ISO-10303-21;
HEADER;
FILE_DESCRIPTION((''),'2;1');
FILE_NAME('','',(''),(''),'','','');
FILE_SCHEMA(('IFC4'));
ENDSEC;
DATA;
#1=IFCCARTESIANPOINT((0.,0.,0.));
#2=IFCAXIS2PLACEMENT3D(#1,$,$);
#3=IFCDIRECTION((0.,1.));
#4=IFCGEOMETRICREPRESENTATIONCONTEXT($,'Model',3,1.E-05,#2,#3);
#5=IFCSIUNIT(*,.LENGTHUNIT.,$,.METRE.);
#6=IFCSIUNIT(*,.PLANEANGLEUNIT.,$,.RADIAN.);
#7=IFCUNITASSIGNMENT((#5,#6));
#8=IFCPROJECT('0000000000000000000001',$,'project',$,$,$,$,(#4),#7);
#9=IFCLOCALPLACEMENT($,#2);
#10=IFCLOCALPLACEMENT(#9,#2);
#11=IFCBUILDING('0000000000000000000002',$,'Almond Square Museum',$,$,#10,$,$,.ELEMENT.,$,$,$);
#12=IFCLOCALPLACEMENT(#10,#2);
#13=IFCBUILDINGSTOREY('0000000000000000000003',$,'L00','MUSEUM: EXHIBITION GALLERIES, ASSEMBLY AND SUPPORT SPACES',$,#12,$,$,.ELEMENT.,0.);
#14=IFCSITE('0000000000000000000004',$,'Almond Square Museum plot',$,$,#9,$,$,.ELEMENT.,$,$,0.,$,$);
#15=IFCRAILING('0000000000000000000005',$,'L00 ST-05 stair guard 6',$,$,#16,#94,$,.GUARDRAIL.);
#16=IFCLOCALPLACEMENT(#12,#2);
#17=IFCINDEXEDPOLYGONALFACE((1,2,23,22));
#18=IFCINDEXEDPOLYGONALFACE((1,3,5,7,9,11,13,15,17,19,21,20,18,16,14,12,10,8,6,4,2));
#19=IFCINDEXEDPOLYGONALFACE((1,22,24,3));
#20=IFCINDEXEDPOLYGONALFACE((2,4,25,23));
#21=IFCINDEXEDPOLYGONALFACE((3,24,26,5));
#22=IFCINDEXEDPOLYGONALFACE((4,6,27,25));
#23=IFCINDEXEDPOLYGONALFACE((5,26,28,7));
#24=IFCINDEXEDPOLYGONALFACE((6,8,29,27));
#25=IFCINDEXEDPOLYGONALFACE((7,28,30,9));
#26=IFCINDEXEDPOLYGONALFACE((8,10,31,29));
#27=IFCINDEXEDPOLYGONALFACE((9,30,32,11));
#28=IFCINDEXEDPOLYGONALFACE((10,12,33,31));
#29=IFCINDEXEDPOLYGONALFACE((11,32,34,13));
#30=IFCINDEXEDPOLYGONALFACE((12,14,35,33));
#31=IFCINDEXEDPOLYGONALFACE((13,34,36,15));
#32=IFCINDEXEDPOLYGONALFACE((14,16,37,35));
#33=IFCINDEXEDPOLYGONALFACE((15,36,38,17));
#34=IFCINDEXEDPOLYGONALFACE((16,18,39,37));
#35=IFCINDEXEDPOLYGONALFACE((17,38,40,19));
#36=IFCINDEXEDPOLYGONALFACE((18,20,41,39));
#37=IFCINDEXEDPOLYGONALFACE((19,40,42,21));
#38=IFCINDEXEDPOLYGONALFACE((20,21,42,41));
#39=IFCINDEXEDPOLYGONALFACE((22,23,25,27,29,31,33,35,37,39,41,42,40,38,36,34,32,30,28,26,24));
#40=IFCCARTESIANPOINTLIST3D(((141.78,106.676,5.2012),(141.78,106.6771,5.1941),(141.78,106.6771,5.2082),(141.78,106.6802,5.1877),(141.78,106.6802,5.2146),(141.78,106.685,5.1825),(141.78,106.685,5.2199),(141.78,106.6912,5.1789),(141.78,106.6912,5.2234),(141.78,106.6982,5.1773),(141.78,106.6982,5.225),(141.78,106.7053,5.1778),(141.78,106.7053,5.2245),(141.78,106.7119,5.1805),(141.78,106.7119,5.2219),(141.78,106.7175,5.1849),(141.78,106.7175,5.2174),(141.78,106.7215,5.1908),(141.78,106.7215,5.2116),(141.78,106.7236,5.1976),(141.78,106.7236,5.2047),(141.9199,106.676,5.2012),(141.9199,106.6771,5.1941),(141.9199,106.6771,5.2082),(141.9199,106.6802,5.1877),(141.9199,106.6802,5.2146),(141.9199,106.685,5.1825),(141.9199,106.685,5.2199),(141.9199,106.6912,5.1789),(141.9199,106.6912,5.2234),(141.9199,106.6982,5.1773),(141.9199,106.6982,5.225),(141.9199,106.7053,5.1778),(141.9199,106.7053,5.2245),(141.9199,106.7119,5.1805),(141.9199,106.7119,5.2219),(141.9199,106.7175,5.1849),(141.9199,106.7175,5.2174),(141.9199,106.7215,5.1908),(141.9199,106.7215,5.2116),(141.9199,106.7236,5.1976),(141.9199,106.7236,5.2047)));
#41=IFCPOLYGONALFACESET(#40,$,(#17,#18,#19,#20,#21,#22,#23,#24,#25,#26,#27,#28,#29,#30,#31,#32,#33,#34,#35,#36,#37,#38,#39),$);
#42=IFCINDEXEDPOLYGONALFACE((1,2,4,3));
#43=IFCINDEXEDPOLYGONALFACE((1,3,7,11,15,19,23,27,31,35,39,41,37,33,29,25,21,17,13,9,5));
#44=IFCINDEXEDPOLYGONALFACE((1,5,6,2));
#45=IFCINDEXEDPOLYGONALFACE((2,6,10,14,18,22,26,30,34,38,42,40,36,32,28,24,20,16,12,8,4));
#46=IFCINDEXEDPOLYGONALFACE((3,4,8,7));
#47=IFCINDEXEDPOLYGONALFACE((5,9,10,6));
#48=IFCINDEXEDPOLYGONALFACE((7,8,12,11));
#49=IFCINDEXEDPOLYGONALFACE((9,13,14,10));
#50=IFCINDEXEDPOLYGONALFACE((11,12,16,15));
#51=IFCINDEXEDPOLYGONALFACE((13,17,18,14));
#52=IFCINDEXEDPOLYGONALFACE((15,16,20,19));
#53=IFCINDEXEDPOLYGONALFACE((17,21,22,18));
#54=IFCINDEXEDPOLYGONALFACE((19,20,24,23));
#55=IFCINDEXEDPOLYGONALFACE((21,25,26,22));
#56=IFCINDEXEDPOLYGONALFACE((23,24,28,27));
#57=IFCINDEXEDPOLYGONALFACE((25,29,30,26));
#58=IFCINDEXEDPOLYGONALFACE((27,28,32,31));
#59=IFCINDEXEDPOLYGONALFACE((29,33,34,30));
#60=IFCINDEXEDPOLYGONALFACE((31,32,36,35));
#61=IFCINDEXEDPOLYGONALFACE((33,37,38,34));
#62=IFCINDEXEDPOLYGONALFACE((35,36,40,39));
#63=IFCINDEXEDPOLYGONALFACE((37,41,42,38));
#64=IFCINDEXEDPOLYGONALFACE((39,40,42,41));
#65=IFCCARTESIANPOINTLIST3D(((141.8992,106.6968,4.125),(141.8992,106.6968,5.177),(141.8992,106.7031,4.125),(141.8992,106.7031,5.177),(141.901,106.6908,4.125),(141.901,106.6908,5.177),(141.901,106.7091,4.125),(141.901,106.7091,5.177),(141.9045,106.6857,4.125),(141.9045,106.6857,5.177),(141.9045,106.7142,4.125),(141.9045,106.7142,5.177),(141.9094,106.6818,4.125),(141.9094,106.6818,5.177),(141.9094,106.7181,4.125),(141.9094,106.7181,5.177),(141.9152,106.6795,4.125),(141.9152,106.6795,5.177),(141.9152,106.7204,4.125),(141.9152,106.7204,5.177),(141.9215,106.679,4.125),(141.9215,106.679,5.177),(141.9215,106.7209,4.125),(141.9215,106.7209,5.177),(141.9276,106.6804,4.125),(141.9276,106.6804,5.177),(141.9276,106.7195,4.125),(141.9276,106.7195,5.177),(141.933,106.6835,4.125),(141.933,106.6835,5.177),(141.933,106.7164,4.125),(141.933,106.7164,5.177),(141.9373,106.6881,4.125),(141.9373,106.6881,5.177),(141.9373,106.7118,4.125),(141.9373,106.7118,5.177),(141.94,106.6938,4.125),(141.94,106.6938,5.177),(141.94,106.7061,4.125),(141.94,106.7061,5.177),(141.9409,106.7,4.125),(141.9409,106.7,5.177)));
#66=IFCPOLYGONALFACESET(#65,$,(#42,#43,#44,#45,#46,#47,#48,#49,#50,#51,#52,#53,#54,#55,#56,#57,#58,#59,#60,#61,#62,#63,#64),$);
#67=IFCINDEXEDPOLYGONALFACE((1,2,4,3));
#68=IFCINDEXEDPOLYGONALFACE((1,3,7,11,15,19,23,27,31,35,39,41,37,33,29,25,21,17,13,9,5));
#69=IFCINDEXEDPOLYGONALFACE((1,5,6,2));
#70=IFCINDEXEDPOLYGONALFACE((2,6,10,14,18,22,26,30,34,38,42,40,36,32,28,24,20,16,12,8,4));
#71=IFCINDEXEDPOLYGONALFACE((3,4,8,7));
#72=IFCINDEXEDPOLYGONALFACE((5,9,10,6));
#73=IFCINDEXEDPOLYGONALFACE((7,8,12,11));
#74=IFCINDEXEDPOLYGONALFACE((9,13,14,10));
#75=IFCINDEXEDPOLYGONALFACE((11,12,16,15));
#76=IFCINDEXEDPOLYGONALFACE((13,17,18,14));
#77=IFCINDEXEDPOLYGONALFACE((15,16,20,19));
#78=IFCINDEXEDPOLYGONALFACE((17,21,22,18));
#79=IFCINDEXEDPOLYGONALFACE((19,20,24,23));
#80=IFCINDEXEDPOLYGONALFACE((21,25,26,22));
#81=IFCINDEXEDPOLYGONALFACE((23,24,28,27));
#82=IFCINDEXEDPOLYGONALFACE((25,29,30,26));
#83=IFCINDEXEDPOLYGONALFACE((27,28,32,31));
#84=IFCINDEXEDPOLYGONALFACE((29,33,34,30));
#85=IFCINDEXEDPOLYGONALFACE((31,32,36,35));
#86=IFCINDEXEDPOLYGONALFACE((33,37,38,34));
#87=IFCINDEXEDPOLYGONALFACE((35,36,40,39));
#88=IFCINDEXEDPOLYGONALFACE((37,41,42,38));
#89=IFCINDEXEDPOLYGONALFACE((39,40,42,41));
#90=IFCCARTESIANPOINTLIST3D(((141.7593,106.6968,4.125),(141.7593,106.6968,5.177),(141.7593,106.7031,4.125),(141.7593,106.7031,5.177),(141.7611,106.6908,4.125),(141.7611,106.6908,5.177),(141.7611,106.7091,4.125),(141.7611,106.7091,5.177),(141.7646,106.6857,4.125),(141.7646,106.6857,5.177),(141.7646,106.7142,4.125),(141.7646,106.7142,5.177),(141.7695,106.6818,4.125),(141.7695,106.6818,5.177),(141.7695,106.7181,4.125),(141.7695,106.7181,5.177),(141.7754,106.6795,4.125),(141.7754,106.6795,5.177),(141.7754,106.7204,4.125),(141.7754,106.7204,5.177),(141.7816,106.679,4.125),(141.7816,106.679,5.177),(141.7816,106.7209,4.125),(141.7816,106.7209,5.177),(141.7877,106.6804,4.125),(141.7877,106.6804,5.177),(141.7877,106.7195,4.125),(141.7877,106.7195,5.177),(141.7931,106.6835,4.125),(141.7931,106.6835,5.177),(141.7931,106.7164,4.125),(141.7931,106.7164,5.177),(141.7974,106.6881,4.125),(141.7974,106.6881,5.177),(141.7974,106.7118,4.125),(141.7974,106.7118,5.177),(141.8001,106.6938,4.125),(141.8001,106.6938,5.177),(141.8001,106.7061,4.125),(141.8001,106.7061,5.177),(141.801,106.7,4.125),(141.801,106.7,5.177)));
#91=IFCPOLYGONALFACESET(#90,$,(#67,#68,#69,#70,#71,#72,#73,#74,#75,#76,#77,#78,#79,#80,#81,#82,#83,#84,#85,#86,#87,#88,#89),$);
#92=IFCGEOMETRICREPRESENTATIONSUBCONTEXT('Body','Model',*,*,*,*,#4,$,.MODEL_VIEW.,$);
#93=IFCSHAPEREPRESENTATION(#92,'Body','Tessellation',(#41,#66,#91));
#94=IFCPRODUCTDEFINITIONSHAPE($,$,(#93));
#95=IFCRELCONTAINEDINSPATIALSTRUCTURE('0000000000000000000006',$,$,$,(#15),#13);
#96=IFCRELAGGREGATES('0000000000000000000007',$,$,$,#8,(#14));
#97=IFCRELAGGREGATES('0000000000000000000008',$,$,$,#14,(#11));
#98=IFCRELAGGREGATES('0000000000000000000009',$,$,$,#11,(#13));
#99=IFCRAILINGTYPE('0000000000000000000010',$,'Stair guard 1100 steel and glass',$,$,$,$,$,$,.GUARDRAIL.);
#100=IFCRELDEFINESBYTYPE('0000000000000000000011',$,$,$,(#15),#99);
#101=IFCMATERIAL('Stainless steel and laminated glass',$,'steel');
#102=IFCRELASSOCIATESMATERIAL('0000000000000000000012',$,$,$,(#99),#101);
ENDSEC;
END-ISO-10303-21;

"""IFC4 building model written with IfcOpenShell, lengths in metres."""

from ifc_helpers import new_model, si_unit, direction, frame, origin, origin_2d, place, context, subcontext, project, spatial, circle, extrude, material, type_object, element, save


model = new_model("IFC4")

# Units and contexts
model_context = context("Model", 3, precision=1e-05, world=origin(), true_north=direction((0.0, 1.0)))
body_context = subcontext(model_context, "Body", "Model", "MODEL_VIEW")
ifc_project = project(units=[si_unit("LENGTHUNIT", "METRE"), si_unit("PLANEANGLEUNIT", "RADIAN")], contexts=[model_context])

# Site, building, storey
site_placement = place(None, origin())
site = spatial("IfcSite", under=ifc_project, at=site_placement, Name="Almond Square Museum plot", CompositionType="ELEMENT", RefElevation=0.0)
building_placement = place(site_placement, origin())
building = spatial("IfcBuilding", under=site, at=building_placement, Name="Almond Square Museum", CompositionType="ELEMENT")
storey_placement = place(building_placement, origin())
storey = spatial("IfcBuildingStorey", under=building, at=storey_placement, Name="L00", Description="MUSEUM: EXHIBITION GALLERIES, ASSEMBLY AND SUPPORT SPACES", CompositionType="ELEMENT", Elevation=0.0)

# Railing
ifc_material_1 = material(Name="Stainless steel and laminated glass", Category="steel")
railing_type_1 = type_object("IfcRailingType", Name="Stair guard 1100 steel and glass", PredefinedType="GUARDRAIL", material=ifc_material_1)
railing_1_placement = place(storey_placement, frame((141.9199, 106.7, 4.125)))
element("IfcRailing", 1, at=railing_1_placement, inside=storey, type_object=railing_type_1, Name="L00 ST-05 stair guard 6", PredefinedType="GUARDRAIL", context=body_context, shape_type="SweptSolid", body=[
    extrude(circle(Radius=0.0239, at=origin_2d()), frame((0.0, 0.0, 1.0762), z_axis=(-1.0, 0.0, 0.0), x_axis=(0.0, -1.0, 0.0)), (0.0, 0.0, 1.0), 0.1399),
    extrude(circle(Radius=0.021, at=origin_2d()), origin(), (0.0, 0.0, 1.0), 1.052),
    extrude(circle(Radius=0.021, at=origin_2d()), frame((-0.1399, 0.0, 0.0)), (0.0, 0.0, 1.0), 1.052),
])

save(model, "model.ifc")
